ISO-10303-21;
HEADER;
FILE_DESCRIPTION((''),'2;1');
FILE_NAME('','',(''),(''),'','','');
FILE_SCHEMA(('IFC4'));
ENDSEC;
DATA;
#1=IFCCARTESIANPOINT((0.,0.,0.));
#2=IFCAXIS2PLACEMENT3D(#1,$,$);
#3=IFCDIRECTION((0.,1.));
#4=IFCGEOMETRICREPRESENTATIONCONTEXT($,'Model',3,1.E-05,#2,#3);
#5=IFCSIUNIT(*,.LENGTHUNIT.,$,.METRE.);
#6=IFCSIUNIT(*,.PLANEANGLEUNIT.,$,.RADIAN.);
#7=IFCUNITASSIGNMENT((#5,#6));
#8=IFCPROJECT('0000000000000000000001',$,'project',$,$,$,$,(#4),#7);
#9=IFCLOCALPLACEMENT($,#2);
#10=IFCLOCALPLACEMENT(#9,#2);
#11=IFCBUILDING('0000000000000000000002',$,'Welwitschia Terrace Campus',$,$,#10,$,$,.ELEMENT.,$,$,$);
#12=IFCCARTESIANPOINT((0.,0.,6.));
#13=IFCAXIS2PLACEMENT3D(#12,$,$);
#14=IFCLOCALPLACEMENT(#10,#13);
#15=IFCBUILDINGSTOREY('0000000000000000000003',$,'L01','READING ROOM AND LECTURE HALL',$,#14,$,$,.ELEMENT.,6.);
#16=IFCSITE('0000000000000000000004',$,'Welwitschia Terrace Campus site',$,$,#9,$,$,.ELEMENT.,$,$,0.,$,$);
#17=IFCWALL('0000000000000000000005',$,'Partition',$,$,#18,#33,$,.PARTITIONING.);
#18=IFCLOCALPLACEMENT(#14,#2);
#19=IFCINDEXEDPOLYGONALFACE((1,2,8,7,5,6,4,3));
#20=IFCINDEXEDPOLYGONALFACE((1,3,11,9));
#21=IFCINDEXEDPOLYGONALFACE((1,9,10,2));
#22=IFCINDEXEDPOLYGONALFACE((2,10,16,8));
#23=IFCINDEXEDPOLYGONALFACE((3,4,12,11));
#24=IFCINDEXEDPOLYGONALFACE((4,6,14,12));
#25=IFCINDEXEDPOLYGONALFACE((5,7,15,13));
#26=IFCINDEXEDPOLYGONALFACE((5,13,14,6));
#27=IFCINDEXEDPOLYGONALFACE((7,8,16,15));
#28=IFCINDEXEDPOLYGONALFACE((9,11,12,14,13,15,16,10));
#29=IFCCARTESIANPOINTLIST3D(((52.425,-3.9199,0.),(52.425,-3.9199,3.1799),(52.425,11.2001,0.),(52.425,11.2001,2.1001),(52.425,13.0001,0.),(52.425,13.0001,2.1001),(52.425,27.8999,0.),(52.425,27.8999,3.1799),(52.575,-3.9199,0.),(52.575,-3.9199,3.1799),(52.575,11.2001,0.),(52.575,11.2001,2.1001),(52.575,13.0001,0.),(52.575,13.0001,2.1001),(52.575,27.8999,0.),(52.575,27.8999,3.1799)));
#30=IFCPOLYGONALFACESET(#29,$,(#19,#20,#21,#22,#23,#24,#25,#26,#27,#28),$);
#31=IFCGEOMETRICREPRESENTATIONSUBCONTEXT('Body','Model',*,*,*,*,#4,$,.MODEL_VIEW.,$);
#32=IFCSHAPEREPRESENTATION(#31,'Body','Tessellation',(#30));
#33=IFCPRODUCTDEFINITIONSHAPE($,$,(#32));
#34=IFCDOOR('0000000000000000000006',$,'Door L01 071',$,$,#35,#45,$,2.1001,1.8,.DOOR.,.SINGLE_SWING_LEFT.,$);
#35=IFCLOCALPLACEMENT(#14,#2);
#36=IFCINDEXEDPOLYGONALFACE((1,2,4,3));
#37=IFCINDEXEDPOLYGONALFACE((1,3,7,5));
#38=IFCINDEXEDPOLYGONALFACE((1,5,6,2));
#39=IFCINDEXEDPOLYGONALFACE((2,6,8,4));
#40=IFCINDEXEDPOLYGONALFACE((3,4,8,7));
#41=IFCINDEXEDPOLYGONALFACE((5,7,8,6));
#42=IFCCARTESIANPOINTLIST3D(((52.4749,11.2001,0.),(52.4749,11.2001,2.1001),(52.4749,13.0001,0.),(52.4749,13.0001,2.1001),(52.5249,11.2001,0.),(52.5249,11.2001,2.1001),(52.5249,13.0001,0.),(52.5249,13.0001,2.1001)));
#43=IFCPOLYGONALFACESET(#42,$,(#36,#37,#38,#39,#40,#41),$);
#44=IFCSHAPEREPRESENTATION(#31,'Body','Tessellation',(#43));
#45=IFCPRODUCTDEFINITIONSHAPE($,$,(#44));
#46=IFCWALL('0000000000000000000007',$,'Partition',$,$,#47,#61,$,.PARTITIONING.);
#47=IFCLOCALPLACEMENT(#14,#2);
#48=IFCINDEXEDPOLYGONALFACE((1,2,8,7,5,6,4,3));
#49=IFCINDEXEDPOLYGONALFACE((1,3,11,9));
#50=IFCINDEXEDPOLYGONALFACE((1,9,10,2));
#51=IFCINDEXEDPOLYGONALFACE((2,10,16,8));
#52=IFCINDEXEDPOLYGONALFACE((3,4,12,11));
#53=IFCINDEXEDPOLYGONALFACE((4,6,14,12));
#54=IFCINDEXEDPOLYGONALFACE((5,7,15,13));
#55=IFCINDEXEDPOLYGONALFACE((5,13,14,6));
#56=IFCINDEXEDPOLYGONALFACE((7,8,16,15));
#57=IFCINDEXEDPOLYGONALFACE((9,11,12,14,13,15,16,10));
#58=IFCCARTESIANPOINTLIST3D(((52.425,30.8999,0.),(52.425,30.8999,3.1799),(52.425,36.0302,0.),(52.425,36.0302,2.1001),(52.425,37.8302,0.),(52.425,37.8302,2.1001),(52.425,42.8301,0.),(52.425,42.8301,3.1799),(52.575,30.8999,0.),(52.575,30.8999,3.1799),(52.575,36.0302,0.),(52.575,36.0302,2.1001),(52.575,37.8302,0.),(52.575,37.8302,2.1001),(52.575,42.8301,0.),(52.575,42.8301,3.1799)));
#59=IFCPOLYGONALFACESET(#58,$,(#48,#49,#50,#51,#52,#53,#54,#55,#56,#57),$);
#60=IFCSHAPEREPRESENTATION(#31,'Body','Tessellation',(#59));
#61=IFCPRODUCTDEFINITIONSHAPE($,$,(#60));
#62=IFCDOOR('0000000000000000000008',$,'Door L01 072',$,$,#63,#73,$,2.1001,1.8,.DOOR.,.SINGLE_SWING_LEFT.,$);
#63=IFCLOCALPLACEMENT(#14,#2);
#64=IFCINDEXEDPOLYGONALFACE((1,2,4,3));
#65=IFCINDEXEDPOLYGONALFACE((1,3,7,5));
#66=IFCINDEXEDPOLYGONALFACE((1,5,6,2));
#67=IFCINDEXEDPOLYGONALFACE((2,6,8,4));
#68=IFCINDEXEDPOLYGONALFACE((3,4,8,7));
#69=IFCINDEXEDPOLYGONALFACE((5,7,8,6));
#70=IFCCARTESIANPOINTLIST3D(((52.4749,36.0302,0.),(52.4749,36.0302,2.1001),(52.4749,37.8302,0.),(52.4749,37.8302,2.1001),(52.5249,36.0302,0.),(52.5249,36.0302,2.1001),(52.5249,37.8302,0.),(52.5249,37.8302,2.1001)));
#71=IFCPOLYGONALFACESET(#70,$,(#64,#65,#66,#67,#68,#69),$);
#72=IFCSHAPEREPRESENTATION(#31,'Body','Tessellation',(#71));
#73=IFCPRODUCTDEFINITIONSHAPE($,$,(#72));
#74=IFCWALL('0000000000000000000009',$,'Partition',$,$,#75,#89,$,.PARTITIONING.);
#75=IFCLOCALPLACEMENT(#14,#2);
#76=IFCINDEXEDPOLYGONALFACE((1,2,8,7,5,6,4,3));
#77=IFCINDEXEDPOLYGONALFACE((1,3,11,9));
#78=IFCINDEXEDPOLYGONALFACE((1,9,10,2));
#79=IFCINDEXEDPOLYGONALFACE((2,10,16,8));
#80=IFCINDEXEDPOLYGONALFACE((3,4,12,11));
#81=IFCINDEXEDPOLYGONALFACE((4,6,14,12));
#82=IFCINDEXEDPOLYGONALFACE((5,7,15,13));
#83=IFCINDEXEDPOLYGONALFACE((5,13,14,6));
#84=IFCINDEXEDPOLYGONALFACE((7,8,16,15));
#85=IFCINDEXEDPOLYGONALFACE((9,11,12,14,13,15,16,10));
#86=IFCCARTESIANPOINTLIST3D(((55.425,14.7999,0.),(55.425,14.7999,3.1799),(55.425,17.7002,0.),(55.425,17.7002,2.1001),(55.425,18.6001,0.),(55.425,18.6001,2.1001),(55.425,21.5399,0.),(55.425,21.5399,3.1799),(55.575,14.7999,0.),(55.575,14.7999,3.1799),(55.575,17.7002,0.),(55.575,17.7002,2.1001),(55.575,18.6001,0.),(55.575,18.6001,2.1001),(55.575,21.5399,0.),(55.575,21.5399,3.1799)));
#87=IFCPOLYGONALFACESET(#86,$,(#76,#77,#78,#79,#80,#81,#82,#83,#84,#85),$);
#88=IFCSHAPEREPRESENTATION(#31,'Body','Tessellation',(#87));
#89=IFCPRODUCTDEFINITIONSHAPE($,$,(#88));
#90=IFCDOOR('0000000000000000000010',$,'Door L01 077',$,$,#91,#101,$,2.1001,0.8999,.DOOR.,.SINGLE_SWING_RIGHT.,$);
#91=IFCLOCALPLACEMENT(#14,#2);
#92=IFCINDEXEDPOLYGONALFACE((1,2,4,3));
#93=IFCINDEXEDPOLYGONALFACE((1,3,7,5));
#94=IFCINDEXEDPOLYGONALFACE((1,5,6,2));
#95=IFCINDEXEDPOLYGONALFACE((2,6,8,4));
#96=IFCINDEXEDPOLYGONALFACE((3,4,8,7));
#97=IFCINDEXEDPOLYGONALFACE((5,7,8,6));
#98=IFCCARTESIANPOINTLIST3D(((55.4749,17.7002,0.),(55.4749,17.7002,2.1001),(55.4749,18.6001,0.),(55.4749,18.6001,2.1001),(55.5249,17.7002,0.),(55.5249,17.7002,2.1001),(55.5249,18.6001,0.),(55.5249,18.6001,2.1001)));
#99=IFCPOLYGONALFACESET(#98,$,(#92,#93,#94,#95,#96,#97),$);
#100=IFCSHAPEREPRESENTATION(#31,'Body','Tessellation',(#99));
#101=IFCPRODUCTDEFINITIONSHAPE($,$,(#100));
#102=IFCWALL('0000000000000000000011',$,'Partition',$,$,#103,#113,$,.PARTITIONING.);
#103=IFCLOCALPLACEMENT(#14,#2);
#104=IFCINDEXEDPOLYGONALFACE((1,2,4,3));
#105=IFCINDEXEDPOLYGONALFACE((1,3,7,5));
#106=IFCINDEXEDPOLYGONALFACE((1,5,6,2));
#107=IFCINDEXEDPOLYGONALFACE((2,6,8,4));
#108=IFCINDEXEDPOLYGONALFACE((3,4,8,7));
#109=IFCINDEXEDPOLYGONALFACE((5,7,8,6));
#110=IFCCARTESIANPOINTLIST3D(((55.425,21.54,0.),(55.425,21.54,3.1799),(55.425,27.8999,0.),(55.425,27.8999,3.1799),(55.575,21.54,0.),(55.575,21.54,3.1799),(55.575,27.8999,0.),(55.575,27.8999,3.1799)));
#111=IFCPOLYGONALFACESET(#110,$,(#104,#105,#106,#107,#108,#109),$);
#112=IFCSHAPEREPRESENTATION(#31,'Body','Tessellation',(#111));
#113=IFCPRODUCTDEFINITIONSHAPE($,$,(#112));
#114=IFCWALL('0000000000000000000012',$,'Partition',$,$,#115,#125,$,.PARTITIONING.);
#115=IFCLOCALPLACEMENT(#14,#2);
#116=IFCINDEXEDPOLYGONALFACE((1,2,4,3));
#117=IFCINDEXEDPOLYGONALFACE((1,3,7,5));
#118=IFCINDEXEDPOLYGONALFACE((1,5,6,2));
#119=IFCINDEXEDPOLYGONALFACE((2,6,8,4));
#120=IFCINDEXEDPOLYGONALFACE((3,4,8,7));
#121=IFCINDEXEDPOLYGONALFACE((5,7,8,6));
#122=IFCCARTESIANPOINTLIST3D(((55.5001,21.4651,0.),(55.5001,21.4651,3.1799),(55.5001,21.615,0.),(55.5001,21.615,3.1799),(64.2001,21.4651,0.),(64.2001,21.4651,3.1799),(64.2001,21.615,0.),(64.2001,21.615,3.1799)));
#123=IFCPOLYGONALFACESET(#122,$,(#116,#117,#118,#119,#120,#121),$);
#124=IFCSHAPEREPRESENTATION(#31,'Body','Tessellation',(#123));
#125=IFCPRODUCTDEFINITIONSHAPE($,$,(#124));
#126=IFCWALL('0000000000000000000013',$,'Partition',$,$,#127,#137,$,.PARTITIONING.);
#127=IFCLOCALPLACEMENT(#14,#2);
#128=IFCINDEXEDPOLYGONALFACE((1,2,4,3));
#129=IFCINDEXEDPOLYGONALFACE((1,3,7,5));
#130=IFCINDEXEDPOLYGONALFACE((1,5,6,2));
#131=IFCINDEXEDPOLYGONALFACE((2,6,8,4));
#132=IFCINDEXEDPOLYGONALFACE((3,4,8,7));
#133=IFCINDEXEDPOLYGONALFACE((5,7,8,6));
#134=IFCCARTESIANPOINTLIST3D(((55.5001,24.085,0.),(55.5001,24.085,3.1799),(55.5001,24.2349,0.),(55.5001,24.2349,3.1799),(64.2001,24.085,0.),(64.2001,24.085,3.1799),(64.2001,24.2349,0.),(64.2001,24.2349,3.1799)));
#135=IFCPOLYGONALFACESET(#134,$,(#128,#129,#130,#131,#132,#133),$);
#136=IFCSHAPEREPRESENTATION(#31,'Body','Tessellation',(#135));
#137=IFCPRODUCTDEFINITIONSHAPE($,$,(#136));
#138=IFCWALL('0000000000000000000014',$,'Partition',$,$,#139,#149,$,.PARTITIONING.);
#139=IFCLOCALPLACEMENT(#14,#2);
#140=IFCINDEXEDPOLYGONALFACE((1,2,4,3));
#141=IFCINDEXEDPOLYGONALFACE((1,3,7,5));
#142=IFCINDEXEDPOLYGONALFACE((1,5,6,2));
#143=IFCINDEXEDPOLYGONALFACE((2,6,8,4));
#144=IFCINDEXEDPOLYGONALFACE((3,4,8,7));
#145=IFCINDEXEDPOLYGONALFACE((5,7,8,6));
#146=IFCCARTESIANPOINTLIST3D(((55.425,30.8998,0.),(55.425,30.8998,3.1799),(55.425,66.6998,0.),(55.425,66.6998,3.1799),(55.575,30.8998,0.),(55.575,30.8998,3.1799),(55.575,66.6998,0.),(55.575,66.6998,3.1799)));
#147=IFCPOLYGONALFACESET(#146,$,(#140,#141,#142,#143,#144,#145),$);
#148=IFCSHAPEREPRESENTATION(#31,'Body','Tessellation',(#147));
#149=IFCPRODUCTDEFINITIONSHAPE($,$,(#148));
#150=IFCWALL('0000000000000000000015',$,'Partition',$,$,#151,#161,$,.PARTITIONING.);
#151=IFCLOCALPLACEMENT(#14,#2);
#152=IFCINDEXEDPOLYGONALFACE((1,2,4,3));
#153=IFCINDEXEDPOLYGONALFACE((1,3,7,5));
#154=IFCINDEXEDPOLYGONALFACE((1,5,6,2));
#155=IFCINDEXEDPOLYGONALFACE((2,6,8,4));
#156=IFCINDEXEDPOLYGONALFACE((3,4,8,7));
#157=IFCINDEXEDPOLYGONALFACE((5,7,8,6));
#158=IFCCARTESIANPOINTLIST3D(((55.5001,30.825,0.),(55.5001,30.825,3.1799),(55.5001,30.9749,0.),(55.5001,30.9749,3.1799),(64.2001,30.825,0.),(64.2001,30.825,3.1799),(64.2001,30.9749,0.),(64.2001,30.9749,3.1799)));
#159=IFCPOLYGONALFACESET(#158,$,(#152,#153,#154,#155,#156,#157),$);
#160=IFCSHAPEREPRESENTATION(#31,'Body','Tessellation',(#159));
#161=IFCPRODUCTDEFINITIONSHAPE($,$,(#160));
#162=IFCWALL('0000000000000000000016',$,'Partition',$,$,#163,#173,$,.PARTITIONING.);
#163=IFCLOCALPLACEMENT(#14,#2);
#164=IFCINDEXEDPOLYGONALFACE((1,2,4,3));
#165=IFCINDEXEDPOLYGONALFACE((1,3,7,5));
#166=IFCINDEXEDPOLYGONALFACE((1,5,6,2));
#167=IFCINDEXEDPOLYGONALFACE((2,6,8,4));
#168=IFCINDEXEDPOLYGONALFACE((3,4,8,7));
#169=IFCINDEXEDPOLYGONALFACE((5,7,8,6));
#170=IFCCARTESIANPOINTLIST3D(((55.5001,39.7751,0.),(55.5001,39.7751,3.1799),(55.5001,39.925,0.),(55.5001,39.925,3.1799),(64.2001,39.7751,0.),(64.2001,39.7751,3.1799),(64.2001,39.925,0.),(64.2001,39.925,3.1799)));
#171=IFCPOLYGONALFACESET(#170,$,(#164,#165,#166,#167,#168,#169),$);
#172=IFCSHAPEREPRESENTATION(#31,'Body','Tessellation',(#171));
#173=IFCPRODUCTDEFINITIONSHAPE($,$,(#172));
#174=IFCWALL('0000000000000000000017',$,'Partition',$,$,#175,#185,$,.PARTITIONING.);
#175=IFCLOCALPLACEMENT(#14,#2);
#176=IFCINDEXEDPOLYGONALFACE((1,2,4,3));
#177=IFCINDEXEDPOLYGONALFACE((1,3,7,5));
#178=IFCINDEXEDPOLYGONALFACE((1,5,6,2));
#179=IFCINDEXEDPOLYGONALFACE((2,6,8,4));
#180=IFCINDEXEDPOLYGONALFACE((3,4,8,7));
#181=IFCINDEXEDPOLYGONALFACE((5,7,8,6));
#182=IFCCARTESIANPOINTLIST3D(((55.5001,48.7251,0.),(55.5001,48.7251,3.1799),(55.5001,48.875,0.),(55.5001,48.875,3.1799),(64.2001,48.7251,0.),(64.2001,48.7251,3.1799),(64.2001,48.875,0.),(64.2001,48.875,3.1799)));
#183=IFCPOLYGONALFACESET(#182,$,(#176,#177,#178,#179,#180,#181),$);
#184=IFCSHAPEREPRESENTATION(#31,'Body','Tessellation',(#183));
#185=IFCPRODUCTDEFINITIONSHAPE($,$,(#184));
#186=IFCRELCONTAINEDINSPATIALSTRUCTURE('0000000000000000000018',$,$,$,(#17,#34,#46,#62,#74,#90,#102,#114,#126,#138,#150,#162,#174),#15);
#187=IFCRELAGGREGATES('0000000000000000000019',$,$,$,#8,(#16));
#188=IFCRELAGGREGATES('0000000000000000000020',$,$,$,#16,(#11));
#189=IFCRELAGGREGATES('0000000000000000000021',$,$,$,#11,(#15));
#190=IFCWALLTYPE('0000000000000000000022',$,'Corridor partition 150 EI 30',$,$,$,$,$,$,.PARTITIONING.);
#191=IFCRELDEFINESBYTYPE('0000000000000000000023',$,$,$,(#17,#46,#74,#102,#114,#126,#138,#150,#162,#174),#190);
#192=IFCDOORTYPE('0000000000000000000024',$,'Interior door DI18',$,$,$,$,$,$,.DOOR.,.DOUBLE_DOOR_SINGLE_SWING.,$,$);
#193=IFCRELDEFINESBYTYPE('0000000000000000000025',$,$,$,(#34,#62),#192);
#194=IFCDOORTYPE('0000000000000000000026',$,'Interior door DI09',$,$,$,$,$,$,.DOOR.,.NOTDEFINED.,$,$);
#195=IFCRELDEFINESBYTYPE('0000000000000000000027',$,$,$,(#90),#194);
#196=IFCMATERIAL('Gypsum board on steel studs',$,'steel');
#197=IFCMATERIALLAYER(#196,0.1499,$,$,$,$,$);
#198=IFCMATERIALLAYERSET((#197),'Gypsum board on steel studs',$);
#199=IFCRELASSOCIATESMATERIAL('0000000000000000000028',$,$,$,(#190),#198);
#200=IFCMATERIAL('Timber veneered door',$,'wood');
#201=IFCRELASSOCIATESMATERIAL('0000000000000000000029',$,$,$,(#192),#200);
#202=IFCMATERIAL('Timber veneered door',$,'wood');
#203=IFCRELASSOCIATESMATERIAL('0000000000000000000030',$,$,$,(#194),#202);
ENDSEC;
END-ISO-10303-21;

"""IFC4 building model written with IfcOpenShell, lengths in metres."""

from ifc_helpers import new_model, si_unit, direction, frame, frame_2d, origin, place, context, subcontext, project, spatial, rectangle, extrude, material, layer, layer_set, type_object, element, fill, save


model = new_model("IFC4")

# Units and contexts
model_context = context("Model", 3, precision=1e-05, world=origin(), true_north=direction((0.0, 1.0)))
body_context = subcontext(model_context, "Body", "Model", "MODEL_VIEW")
ifc_project = project(units=[si_unit("LENGTHUNIT", "METRE"), si_unit("PLANEANGLEUNIT", "RADIAN")], contexts=[model_context])

# Site, building, storey
site_placement = place(None, origin())
site = spatial("IfcSite", under=ifc_project, at=site_placement, Name="Welwitschia Terrace Campus site", CompositionType="ELEMENT", RefElevation=0.0)
building_placement = place(site_placement, origin())
building = spatial("IfcBuilding", under=site, at=building_placement, Name="Welwitschia Terrace Campus", CompositionType="ELEMENT")
storey_placement = place(building_placement, frame((0.0, 0.0, 6.0)))
storey = spatial("IfcBuildingStorey", under=building, at=storey_placement, Name="L01", Description="READING ROOM AND LECTURE HALL", CompositionType="ELEMENT", Elevation=6.0)

# Shared definitions
ifc_material_1 = material(Name="Gypsum board on steel studs", Category="steel")
ifc_layer = layer(ifc_material_1, 0.1499)
ifc_layer_set = layer_set([ifc_layer], Name="Gypsum board on steel studs")
wall_type = type_object("IfcWallType", Name="Corridor partition 150 EI 30", PredefinedType="PARTITIONING", material=ifc_layer_set)

# Walls, openings, doors
wall_1_placement = place(storey_placement, frame((52.5, 27.8999, 0.0), z_axis=(0.0, 0.0, 1.0), x_axis=(0.0, -1.0, 0.0)))
wall_1 = element("IfcWall", 1, at=wall_1_placement, inside=storey, type_object=wall_type, Name="Partition", PredefinedType="PARTITIONING", context=body_context, shape_type="SweptSolid", body=[
    extrude(rectangle(XDim=31.8198, YDim=0.1499, at=frame_2d((15.9099, 0.0))), origin(), (0.0, 0.0, 1.0), 3.1799),
])
opening_1_placement = place(wall_1_placement, frame((14.8999, 0.0, 0.0)))
opening_1 = element("IfcOpeningElement", 2, at=opening_1_placement, cuts=wall_1, PredefinedType="OPENING", context=body_context, shape_type="SweptSolid", body=[
    extrude(rectangle(XDim=1.8, YDim=2.1001, at=frame_2d((0.8999, 1.05))), frame((0.0, 0.085, 0.0), z_axis=(0.0, -1.0, 0.0), x_axis=(1.0, 0.0, 0.0)), (0.0, 0.0, 1.0), 0.1699),
])
ifc_material_2 = material(Name="Timber veneered door", Category="wood")
door_type_1 = type_object("IfcDoorType", Name="Interior door DI18", OperationType="DOUBLE_DOOR_SINGLE_SWING", PredefinedType="DOOR", material=ifc_material_2)
door_1_placement = place(opening_1_placement, origin())
door_1 = element("IfcDoor", 3, at=door_1_placement, inside=storey, type_object=door_type_1, Name="Door L01 071", OperationType="SINGLE_SWING_LEFT", OverallHeight=2.1001, OverallWidth=1.8, PredefinedType="DOOR", context=body_context, shape_type="SweptSolid", body=[
    extrude(rectangle(XDim=1.8, YDim=2.1001, at=frame_2d((0.8999, 1.05))), frame((0.0, 0.0249, 0.0), z_axis=(0.0, -1.0, 0.0), x_axis=(1.0, 0.0, 0.0)), (0.0, 0.0, 1.0), 0.05),
])
fill(opening_1, door_1)
wall_2_placement = place(storey_placement, frame((52.5, 42.8301, 0.0), z_axis=(0.0, 0.0, 1.0), x_axis=(0.0, -1.0, 0.0)))
wall_2 = element("IfcWall", 4, at=wall_2_placement, inside=storey, type_object=wall_type, Name="Partition", PredefinedType="PARTITIONING", context=body_context, shape_type="SweptSolid", body=[
    extrude(rectangle(XDim=11.9302, YDim=0.1499, at=frame_2d((5.9651, 0.0))), origin(), (0.0, 0.0, 1.0), 3.1799),
])
opening_2_placement = place(wall_2_placement, frame((5.0, 0.0, 0.0)))
opening_2 = element("IfcOpeningElement", 5, at=opening_2_placement, cuts=wall_2, PredefinedType="OPENING", context=body_context, shape_type="SweptSolid", body=[
    extrude(rectangle(XDim=1.8, YDim=2.1001, at=frame_2d((0.8999, 1.05))), frame((0.0, 0.085, 0.0), z_axis=(0.0, -1.0, 0.0), x_axis=(1.0, 0.0, 0.0)), (0.0, 0.0, 1.0), 0.1699),
])
door_2_placement = place(opening_2_placement, origin())
door_2 = element("IfcDoor", 6, at=door_2_placement, inside=storey, type_object=door_type_1, Name="Door L01 072", OperationType="SINGLE_SWING_LEFT", OverallHeight=2.1001, OverallWidth=1.8, PredefinedType="DOOR", context=body_context, shape_type="SweptSolid", body=[
    extrude(rectangle(XDim=1.8, YDim=2.1001, at=frame_2d((0.8999, 1.05))), frame((0.0, 0.0249, 0.0), z_axis=(0.0, -1.0, 0.0), x_axis=(1.0, 0.0, 0.0)), (0.0, 0.0, 1.0), 0.05),
])
fill(opening_2, door_2)
wall_3_placement = place(storey_placement, frame((55.5, 21.54, 0.0), z_axis=(0.0, 0.0, 1.0), x_axis=(0.0, -1.0, 0.0)))
wall_3 = element("IfcWall", 7, at=wall_3_placement, inside=storey, type_object=wall_type, Name="Partition", PredefinedType="PARTITIONING", context=body_context, shape_type="SweptSolid", body=[
    extrude(rectangle(XDim=6.74, YDim=0.1499, at=frame_2d((3.3701, 0.0))), origin(), (0.0, 0.0, 1.0), 3.1799),
])
opening_3_placement = place(wall_3_placement, frame((2.9399, 0.0, 0.0)))
opening_3 = element("IfcOpeningElement", 8, at=opening_3_placement, cuts=wall_3, PredefinedType="OPENING", context=body_context, shape_type="SweptSolid", body=[
    extrude(rectangle(XDim=0.8999, YDim=2.1001, at=frame_2d((0.45, 1.05))), frame((0.0, 0.085, 0.0), z_axis=(0.0, -1.0, 0.0), x_axis=(1.0, 0.0, 0.0)), (0.0, 0.0, 1.0), 0.1699),
])
ifc_material_3 = material(Name="Timber veneered door", Category="wood")
door_type_2 = type_object("IfcDoorType", Name="Interior door DI09", OperationType="NOTDEFINED", PredefinedType="DOOR", material=ifc_material_3)
door_3_placement = place(opening_3_placement, origin())
door_3 = element("IfcDoor", 9, at=door_3_placement, inside=storey, type_object=door_type_2, Name="Door L01 077", OperationType="SINGLE_SWING_RIGHT", OverallHeight=2.1001, OverallWidth=0.8999, PredefinedType="DOOR", context=body_context, shape_type="SweptSolid", body=[
    extrude(rectangle(XDim=0.8999, YDim=2.1001, at=frame_2d((0.45, 1.05))), frame((0.0, 0.0249, 0.0), z_axis=(0.0, -1.0, 0.0), x_axis=(1.0, 0.0, 0.0)), (0.0, 0.0, 1.0), 0.05),
])
fill(opening_3, door_3)

# Walls
wall_4_placement = place(storey_placement, frame((55.5, 21.54, 0.0), z_axis=(0.0, 0.0, 1.0), x_axis=(0.0, 1.0, 0.0)))
element("IfcWall", 10, at=wall_4_placement, inside=storey, type_object=wall_type, Name="Partition", PredefinedType="PARTITIONING", context=body_context, shape_type="SweptSolid", body=[
    extrude(rectangle(XDim=6.3599, YDim=0.1499, at=frame_2d((3.1799, 0.0))), origin(), (0.0, 0.0, 1.0), 3.1799),
])
for number, where, z_axis, x_axis, name in (
    (11, (55.5, 21.54, 0.0), (0.0, 0.0, 1.0), (1.0, 0.0, 0.0), "Partition"),
    (12, (55.5, 24.1599, 0.0), (0.0, 0.0, 1.0), (1.0, 0.0, 0.0), "Partition"),
):
    element("IfcWall", number, at=place(storey_placement, frame(where, z_axis=z_axis, x_axis=x_axis)), inside=storey, type_object=wall_type, Name=name, PredefinedType="PARTITIONING", context=body_context, shape_type="SweptSolid", body=[
        extrude(rectangle(XDim=8.7, YDim=0.1499, at=frame_2d((4.3501, 0.0))), origin(), (0.0, 0.0, 1.0), 3.1799),
    ])
wall_5_placement = place(storey_placement, frame((55.5, 30.8999, 0.0), z_axis=(0.0, 0.0, 1.0), x_axis=(0.0, 1.0, 0.0)))
element("IfcWall", 13, at=wall_5_placement, inside=storey, type_object=wall_type, Name="Partition", PredefinedType="PARTITIONING", context=body_context, shape_type="SweptSolid", body=[
    extrude(rectangle(XDim=35.8, YDim=0.1499, at=frame_2d((17.8999, 0.0))), origin(), (0.0, 0.0, 1.0), 3.1799),
])
for number, where, z_axis, x_axis, name in (
    (14, (55.5, 30.8999, 0.0), (0.0, 0.0, 1.0), (1.0, 0.0, 0.0), "Partition"),
    (15, (55.5, 39.8501, 0.0), (0.0, 0.0, 1.0), (1.0, 0.0, 0.0), "Partition"),
    (16, (55.5, 48.8, 0.0), (0.0, 0.0, 1.0), (1.0, 0.0, 0.0), "Partition"),
):
    element("IfcWall", number, at=place(storey_placement, frame(where, z_axis=z_axis, x_axis=x_axis)), inside=storey, type_object=wall_type, Name=name, PredefinedType="PARTITIONING", context=body_context, shape_type="SweptSolid", body=[
        extrude(rectangle(XDim=8.7, YDim=0.1499, at=frame_2d((4.3501, 0.0))), origin(), (0.0, 0.0, 1.0), 3.1799),
    ])

save(model, "model.ifc")
